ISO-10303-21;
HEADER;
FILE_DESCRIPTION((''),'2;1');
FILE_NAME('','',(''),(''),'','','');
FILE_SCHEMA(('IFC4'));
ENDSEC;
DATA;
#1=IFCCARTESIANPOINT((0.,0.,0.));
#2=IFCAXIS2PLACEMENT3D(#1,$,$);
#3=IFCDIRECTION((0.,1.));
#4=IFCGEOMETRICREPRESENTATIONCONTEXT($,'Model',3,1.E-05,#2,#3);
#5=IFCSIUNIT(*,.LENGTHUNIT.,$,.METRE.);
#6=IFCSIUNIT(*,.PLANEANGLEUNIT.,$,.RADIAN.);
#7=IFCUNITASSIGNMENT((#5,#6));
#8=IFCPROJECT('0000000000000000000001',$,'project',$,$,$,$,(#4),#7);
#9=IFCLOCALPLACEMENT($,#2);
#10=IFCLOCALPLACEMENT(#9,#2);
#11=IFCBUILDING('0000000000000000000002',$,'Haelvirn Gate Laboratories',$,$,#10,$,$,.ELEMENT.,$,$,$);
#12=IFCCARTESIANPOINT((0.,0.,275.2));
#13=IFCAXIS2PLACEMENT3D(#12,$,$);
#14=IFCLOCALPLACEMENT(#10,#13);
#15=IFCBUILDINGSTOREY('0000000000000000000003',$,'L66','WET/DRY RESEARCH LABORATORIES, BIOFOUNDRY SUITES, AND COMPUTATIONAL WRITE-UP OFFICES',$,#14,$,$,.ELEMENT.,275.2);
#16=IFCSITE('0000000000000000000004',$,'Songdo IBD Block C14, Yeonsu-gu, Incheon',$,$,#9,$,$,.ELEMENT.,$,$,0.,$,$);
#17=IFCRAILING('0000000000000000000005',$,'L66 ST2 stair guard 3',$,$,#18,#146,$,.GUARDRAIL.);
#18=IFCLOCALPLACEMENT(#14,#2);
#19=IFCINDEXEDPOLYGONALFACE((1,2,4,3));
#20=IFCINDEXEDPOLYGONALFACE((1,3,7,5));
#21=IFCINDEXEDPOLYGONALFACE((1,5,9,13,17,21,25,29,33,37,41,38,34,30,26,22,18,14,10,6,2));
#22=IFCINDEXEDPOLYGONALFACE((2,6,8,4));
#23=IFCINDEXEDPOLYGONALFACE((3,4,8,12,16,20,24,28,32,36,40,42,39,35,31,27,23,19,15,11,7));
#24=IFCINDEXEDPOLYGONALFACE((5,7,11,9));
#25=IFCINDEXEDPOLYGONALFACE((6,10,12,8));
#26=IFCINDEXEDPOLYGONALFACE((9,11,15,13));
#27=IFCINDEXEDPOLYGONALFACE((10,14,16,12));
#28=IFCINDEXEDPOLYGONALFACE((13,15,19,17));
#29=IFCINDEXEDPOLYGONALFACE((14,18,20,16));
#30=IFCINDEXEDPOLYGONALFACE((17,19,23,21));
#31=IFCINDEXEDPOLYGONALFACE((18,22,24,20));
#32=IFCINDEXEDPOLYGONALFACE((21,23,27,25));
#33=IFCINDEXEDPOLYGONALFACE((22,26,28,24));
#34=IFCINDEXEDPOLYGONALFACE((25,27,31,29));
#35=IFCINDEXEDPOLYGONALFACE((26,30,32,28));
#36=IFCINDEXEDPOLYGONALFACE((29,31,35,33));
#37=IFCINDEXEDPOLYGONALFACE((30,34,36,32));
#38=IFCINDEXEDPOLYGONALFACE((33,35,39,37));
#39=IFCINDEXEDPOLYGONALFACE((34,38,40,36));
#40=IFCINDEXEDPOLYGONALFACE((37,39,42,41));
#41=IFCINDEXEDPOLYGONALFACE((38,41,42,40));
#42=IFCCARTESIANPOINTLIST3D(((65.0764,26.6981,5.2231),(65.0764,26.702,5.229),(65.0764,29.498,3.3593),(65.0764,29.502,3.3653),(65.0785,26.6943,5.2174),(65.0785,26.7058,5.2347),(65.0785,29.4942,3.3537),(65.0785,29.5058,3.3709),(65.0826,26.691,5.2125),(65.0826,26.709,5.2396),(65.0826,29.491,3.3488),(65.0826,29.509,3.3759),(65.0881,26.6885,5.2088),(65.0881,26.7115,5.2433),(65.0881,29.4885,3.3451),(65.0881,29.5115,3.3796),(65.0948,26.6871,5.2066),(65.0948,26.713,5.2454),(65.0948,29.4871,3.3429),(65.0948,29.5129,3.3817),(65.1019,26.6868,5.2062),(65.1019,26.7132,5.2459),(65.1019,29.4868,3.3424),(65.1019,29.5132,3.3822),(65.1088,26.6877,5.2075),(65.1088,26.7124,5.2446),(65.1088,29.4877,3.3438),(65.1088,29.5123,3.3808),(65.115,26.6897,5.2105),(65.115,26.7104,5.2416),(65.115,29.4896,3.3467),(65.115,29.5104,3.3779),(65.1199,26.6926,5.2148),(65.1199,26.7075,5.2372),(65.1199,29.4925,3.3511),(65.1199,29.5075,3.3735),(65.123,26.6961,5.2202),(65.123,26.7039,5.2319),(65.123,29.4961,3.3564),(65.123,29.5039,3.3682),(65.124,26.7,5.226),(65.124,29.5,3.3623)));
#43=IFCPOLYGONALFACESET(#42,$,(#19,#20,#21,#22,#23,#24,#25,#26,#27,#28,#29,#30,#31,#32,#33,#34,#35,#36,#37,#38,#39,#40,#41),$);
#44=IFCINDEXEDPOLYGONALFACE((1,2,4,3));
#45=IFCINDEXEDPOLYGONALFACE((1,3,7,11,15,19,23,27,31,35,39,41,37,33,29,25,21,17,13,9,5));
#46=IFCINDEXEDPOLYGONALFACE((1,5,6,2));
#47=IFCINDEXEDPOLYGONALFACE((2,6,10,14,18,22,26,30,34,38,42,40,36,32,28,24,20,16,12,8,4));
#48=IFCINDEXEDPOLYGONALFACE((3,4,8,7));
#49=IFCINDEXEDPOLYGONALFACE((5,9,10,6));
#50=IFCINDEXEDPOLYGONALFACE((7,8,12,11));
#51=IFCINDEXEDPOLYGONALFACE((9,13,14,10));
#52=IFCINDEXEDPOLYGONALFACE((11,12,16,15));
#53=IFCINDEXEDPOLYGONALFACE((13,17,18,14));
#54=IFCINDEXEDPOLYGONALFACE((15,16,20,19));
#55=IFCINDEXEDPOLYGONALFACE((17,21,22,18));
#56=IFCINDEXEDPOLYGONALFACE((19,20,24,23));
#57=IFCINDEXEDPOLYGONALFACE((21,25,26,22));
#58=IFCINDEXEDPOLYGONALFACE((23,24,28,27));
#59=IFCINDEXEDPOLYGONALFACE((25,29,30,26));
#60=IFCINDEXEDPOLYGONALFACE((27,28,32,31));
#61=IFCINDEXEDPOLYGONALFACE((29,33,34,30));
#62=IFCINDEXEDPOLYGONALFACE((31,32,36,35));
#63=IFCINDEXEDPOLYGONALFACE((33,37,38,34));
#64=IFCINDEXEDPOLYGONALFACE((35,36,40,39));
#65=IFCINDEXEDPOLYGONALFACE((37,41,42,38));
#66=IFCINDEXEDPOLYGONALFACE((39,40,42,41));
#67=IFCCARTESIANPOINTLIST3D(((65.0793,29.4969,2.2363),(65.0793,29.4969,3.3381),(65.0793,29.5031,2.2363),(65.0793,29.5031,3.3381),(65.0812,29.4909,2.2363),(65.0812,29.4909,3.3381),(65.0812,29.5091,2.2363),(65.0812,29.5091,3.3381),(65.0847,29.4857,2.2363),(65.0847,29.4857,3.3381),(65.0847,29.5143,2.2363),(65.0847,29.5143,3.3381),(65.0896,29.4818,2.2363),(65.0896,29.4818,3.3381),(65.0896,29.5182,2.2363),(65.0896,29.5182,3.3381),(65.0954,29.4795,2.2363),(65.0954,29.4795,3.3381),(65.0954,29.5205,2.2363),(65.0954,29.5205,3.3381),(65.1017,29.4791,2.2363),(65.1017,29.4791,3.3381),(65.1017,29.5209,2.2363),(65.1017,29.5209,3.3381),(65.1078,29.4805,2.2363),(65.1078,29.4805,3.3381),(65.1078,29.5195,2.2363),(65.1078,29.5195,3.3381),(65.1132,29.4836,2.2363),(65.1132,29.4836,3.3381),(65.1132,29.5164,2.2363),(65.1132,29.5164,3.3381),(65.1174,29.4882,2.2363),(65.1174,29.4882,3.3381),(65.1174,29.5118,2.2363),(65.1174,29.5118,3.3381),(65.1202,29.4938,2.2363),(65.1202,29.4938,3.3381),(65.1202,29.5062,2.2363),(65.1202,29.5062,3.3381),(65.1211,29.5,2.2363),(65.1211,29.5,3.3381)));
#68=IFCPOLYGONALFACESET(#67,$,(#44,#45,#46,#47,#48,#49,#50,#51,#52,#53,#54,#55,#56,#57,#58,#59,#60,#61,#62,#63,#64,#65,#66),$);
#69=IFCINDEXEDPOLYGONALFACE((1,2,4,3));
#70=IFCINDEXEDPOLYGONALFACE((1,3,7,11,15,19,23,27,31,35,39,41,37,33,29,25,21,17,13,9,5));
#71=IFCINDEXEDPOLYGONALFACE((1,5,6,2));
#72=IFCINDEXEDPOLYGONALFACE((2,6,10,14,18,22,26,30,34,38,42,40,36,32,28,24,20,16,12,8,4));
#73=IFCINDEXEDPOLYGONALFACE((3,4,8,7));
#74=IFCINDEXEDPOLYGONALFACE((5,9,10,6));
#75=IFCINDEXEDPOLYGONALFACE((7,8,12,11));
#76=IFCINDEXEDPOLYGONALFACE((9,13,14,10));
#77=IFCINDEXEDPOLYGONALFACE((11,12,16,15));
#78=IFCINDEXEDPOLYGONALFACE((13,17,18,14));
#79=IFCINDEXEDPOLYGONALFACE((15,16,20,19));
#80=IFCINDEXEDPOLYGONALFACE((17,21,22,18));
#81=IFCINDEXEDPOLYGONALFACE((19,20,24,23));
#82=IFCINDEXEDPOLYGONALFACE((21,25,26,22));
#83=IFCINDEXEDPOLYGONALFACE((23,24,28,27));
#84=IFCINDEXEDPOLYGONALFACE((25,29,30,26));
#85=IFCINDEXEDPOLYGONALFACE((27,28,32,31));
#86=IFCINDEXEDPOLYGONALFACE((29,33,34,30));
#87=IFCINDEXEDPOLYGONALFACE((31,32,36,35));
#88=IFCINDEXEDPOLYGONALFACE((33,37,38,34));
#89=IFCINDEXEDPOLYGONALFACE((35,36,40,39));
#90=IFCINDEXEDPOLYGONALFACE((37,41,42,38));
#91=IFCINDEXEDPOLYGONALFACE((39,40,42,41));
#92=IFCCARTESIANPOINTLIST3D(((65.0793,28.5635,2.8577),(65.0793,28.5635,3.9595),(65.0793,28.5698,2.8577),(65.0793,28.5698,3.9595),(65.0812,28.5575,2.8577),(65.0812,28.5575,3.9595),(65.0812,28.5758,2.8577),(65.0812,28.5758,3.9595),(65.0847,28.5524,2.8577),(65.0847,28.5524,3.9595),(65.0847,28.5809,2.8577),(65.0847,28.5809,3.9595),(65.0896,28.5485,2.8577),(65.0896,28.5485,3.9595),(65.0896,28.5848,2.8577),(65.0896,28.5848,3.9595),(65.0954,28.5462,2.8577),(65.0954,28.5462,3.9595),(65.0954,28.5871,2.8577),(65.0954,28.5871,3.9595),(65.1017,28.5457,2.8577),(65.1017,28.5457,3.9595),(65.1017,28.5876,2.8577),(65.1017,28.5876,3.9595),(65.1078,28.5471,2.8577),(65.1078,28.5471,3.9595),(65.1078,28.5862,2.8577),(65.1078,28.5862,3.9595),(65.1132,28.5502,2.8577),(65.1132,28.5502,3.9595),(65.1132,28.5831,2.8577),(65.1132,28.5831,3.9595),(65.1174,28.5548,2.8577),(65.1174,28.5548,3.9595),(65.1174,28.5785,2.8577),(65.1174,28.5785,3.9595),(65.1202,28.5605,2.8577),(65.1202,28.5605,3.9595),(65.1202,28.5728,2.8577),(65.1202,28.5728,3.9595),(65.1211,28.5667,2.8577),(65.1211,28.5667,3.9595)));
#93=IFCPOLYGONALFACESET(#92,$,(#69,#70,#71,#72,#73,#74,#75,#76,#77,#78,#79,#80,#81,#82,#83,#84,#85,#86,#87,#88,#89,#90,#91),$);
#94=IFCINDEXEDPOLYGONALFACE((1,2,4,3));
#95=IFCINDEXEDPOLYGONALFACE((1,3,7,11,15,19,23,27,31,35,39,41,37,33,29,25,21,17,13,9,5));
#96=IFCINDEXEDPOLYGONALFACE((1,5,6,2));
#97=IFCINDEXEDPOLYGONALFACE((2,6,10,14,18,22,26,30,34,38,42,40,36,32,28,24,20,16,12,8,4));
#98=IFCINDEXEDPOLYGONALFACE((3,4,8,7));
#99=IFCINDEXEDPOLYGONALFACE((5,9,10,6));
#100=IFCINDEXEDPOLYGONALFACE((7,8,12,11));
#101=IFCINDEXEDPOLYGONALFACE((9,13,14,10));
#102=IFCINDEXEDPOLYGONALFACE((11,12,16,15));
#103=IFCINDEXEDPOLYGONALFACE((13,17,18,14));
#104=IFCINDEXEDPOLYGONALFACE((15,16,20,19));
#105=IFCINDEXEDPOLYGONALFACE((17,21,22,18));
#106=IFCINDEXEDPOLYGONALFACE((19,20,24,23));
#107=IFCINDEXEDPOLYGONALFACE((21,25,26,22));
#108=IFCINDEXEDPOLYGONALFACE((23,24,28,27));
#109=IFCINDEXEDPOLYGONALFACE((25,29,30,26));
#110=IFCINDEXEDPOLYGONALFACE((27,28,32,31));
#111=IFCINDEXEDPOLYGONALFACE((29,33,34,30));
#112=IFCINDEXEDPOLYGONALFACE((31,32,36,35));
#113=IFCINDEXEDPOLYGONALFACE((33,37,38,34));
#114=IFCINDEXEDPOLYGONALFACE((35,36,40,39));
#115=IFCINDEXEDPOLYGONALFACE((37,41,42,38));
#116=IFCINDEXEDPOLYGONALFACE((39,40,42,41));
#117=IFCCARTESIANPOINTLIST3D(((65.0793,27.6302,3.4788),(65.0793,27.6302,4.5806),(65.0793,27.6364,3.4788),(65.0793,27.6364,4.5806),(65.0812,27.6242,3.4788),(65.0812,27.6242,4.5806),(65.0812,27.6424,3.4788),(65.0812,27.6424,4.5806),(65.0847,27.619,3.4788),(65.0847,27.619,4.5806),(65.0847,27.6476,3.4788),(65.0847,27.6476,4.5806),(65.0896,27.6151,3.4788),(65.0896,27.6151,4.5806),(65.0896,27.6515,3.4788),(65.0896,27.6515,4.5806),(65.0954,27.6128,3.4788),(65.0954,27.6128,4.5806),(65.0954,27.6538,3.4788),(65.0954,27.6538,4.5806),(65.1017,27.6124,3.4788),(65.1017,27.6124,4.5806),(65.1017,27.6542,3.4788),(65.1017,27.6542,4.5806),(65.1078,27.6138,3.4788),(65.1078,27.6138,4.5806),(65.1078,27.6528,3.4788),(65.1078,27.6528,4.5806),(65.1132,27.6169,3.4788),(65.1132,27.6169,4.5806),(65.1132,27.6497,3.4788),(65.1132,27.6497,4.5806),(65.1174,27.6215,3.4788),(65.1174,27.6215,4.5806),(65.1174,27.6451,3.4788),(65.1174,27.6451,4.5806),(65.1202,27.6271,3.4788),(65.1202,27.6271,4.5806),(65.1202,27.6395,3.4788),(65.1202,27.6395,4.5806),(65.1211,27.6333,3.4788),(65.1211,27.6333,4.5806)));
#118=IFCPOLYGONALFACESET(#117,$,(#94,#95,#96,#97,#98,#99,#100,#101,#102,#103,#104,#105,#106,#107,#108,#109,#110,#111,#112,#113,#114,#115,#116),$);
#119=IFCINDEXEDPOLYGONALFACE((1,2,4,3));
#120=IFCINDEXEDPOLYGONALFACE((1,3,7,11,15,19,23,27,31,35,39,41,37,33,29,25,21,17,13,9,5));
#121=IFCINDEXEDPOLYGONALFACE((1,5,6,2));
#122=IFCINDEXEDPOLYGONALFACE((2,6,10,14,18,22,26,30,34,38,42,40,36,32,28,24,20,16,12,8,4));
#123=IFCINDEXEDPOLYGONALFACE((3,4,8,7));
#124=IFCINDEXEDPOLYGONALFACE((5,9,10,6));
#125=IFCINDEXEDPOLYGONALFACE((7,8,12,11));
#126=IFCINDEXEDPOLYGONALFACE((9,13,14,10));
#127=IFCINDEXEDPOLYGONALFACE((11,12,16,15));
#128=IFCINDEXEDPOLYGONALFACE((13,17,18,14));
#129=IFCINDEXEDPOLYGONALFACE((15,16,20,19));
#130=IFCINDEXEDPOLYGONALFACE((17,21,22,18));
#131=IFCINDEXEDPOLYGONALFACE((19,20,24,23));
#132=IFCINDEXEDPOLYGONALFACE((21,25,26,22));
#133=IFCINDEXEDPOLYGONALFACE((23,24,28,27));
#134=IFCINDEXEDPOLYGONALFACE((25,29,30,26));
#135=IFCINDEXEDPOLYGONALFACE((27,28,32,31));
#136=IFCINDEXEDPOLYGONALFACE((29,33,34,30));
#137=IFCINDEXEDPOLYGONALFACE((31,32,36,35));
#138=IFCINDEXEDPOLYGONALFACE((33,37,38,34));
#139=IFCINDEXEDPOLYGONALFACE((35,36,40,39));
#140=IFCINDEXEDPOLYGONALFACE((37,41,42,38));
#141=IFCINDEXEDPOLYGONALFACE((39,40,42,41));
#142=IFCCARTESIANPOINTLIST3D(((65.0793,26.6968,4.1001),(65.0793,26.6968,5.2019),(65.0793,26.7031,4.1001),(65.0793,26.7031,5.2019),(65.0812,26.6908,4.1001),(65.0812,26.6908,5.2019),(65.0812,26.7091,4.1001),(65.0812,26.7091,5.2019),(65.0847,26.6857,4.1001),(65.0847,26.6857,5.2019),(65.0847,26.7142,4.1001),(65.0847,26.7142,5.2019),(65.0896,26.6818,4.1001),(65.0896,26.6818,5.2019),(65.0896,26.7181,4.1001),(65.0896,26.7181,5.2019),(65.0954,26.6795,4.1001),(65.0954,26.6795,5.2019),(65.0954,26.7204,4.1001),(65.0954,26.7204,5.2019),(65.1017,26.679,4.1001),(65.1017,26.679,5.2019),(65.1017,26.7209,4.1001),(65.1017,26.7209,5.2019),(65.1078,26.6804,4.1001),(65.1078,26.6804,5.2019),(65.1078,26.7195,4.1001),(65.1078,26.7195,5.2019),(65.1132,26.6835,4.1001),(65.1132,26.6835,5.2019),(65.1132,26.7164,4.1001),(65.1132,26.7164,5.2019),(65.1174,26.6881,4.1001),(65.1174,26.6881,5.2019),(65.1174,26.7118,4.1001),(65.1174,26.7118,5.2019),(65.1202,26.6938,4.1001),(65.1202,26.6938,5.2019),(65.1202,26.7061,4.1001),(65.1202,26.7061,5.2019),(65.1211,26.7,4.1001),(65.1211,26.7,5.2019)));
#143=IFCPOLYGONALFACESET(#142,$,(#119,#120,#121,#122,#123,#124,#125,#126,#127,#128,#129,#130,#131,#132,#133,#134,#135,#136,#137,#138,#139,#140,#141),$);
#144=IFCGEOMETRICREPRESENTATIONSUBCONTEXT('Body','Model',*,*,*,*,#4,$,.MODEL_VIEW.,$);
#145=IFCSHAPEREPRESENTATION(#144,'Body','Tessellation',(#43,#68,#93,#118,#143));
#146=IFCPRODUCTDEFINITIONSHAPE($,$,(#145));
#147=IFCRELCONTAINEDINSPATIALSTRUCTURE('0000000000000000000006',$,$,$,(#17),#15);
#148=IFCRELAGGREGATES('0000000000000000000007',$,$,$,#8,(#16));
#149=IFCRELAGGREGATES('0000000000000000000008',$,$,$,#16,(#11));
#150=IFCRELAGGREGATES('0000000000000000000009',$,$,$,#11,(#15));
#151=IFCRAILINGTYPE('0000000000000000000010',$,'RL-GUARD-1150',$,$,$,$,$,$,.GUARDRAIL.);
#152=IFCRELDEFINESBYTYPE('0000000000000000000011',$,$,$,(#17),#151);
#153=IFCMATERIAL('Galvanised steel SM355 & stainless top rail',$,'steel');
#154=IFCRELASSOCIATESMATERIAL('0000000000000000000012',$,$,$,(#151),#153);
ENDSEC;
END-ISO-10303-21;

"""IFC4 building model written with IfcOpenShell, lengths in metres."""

from ifc_helpers import new_model, si_unit, direction, frame, origin, origin_2d, place, context, subcontext, project, spatial, circle, extrude, source, transform, mapped, material, type_object, element, save


model = new_model("IFC4")

# Units and contexts
model_context = context("Model", 3, precision=1e-05, world=origin(), true_north=direction((0.0, 1.0)))
body_context = subcontext(model_context, "Body", "Model", "MODEL_VIEW")
ifc_project = project(units=[si_unit("LENGTHUNIT", "METRE"), si_unit("PLANEANGLEUNIT", "RADIAN")], contexts=[model_context])

# Site, building, storey
site_placement = place(None, origin())
site = spatial("IfcSite", under=ifc_project, at=site_placement, Name="Songdo IBD Block C14, Yeonsu-gu, Incheon", CompositionType="ELEMENT", RefElevation=0.0)
building_placement = place(site_placement, origin())
building = spatial("IfcBuilding", under=site, at=building_placement, Name="Haelvirn Gate Laboratories", CompositionType="ELEMENT")
storey_placement = place(building_placement, frame((0.0, 0.0, 275.2)))
storey = spatial("IfcBuildingStorey", under=building, at=storey_placement, Name="L66", Description="WET/DRY RESEARCH LABORATORIES, BIOFOUNDRY SUITES, AND COMPUTATIONAL WRITE-UP OFFICES", CompositionType="ELEMENT", Elevation=275.2)

# Railing
ifc_material_1 = material(Name="Galvanised steel SM355 & stainless top rail", Category="steel")
railing_type_1 = type_object("IfcRailingType", Name="RL-GUARD-1150", PredefinedType="GUARDRAIL", material=ifc_material_1)
shared_shape_1 = source(origin(), body_context, "Body", "SweptSolid", [
    extrude(circle(Radius=0.0239, at=origin_2d()), frame((0.0, 0.0, 1.126), z_axis=(0.0, -0.832452, 0.554097), x_axis=(1.0, 0.0, 0.0)), (0.0, 0.0, 1.0), 3.3635),
    extrude(circle(Radius=0.021, at=origin_2d()), origin(), (0.0, 0.0, 1.0), 1.1018),
    extrude(circle(Radius=0.021, at=origin_2d()), frame((0.0, -0.9333, 0.6213)), (0.0, 0.0, 1.0), 1.1018),
    extrude(circle(Radius=0.021, at=origin_2d()), frame((0.0, -1.8667, 1.2424)), (0.0, 0.0, 1.0), 1.1018),
    extrude(circle(Radius=0.021, at=origin_2d()), frame((0.0, -2.8, 1.8638)), (0.0, 0.0, 1.0), 1.1018),
])
railing_1_placement = place(storey_placement, frame((65.1001, 29.5, 2.2363)))
element("IfcRailing", 1, at=railing_1_placement, inside=storey, type_object=railing_type_1, Name="L66 ST2 stair guard 3", PredefinedType="GUARDRAIL", context=body_context, shape_type="MappedRepresentation", body=[
    mapped(shared_shape_1, transform((0.0, 0.0, 0.0), scale=1.0)),
])

save(model, "model.ifc")
